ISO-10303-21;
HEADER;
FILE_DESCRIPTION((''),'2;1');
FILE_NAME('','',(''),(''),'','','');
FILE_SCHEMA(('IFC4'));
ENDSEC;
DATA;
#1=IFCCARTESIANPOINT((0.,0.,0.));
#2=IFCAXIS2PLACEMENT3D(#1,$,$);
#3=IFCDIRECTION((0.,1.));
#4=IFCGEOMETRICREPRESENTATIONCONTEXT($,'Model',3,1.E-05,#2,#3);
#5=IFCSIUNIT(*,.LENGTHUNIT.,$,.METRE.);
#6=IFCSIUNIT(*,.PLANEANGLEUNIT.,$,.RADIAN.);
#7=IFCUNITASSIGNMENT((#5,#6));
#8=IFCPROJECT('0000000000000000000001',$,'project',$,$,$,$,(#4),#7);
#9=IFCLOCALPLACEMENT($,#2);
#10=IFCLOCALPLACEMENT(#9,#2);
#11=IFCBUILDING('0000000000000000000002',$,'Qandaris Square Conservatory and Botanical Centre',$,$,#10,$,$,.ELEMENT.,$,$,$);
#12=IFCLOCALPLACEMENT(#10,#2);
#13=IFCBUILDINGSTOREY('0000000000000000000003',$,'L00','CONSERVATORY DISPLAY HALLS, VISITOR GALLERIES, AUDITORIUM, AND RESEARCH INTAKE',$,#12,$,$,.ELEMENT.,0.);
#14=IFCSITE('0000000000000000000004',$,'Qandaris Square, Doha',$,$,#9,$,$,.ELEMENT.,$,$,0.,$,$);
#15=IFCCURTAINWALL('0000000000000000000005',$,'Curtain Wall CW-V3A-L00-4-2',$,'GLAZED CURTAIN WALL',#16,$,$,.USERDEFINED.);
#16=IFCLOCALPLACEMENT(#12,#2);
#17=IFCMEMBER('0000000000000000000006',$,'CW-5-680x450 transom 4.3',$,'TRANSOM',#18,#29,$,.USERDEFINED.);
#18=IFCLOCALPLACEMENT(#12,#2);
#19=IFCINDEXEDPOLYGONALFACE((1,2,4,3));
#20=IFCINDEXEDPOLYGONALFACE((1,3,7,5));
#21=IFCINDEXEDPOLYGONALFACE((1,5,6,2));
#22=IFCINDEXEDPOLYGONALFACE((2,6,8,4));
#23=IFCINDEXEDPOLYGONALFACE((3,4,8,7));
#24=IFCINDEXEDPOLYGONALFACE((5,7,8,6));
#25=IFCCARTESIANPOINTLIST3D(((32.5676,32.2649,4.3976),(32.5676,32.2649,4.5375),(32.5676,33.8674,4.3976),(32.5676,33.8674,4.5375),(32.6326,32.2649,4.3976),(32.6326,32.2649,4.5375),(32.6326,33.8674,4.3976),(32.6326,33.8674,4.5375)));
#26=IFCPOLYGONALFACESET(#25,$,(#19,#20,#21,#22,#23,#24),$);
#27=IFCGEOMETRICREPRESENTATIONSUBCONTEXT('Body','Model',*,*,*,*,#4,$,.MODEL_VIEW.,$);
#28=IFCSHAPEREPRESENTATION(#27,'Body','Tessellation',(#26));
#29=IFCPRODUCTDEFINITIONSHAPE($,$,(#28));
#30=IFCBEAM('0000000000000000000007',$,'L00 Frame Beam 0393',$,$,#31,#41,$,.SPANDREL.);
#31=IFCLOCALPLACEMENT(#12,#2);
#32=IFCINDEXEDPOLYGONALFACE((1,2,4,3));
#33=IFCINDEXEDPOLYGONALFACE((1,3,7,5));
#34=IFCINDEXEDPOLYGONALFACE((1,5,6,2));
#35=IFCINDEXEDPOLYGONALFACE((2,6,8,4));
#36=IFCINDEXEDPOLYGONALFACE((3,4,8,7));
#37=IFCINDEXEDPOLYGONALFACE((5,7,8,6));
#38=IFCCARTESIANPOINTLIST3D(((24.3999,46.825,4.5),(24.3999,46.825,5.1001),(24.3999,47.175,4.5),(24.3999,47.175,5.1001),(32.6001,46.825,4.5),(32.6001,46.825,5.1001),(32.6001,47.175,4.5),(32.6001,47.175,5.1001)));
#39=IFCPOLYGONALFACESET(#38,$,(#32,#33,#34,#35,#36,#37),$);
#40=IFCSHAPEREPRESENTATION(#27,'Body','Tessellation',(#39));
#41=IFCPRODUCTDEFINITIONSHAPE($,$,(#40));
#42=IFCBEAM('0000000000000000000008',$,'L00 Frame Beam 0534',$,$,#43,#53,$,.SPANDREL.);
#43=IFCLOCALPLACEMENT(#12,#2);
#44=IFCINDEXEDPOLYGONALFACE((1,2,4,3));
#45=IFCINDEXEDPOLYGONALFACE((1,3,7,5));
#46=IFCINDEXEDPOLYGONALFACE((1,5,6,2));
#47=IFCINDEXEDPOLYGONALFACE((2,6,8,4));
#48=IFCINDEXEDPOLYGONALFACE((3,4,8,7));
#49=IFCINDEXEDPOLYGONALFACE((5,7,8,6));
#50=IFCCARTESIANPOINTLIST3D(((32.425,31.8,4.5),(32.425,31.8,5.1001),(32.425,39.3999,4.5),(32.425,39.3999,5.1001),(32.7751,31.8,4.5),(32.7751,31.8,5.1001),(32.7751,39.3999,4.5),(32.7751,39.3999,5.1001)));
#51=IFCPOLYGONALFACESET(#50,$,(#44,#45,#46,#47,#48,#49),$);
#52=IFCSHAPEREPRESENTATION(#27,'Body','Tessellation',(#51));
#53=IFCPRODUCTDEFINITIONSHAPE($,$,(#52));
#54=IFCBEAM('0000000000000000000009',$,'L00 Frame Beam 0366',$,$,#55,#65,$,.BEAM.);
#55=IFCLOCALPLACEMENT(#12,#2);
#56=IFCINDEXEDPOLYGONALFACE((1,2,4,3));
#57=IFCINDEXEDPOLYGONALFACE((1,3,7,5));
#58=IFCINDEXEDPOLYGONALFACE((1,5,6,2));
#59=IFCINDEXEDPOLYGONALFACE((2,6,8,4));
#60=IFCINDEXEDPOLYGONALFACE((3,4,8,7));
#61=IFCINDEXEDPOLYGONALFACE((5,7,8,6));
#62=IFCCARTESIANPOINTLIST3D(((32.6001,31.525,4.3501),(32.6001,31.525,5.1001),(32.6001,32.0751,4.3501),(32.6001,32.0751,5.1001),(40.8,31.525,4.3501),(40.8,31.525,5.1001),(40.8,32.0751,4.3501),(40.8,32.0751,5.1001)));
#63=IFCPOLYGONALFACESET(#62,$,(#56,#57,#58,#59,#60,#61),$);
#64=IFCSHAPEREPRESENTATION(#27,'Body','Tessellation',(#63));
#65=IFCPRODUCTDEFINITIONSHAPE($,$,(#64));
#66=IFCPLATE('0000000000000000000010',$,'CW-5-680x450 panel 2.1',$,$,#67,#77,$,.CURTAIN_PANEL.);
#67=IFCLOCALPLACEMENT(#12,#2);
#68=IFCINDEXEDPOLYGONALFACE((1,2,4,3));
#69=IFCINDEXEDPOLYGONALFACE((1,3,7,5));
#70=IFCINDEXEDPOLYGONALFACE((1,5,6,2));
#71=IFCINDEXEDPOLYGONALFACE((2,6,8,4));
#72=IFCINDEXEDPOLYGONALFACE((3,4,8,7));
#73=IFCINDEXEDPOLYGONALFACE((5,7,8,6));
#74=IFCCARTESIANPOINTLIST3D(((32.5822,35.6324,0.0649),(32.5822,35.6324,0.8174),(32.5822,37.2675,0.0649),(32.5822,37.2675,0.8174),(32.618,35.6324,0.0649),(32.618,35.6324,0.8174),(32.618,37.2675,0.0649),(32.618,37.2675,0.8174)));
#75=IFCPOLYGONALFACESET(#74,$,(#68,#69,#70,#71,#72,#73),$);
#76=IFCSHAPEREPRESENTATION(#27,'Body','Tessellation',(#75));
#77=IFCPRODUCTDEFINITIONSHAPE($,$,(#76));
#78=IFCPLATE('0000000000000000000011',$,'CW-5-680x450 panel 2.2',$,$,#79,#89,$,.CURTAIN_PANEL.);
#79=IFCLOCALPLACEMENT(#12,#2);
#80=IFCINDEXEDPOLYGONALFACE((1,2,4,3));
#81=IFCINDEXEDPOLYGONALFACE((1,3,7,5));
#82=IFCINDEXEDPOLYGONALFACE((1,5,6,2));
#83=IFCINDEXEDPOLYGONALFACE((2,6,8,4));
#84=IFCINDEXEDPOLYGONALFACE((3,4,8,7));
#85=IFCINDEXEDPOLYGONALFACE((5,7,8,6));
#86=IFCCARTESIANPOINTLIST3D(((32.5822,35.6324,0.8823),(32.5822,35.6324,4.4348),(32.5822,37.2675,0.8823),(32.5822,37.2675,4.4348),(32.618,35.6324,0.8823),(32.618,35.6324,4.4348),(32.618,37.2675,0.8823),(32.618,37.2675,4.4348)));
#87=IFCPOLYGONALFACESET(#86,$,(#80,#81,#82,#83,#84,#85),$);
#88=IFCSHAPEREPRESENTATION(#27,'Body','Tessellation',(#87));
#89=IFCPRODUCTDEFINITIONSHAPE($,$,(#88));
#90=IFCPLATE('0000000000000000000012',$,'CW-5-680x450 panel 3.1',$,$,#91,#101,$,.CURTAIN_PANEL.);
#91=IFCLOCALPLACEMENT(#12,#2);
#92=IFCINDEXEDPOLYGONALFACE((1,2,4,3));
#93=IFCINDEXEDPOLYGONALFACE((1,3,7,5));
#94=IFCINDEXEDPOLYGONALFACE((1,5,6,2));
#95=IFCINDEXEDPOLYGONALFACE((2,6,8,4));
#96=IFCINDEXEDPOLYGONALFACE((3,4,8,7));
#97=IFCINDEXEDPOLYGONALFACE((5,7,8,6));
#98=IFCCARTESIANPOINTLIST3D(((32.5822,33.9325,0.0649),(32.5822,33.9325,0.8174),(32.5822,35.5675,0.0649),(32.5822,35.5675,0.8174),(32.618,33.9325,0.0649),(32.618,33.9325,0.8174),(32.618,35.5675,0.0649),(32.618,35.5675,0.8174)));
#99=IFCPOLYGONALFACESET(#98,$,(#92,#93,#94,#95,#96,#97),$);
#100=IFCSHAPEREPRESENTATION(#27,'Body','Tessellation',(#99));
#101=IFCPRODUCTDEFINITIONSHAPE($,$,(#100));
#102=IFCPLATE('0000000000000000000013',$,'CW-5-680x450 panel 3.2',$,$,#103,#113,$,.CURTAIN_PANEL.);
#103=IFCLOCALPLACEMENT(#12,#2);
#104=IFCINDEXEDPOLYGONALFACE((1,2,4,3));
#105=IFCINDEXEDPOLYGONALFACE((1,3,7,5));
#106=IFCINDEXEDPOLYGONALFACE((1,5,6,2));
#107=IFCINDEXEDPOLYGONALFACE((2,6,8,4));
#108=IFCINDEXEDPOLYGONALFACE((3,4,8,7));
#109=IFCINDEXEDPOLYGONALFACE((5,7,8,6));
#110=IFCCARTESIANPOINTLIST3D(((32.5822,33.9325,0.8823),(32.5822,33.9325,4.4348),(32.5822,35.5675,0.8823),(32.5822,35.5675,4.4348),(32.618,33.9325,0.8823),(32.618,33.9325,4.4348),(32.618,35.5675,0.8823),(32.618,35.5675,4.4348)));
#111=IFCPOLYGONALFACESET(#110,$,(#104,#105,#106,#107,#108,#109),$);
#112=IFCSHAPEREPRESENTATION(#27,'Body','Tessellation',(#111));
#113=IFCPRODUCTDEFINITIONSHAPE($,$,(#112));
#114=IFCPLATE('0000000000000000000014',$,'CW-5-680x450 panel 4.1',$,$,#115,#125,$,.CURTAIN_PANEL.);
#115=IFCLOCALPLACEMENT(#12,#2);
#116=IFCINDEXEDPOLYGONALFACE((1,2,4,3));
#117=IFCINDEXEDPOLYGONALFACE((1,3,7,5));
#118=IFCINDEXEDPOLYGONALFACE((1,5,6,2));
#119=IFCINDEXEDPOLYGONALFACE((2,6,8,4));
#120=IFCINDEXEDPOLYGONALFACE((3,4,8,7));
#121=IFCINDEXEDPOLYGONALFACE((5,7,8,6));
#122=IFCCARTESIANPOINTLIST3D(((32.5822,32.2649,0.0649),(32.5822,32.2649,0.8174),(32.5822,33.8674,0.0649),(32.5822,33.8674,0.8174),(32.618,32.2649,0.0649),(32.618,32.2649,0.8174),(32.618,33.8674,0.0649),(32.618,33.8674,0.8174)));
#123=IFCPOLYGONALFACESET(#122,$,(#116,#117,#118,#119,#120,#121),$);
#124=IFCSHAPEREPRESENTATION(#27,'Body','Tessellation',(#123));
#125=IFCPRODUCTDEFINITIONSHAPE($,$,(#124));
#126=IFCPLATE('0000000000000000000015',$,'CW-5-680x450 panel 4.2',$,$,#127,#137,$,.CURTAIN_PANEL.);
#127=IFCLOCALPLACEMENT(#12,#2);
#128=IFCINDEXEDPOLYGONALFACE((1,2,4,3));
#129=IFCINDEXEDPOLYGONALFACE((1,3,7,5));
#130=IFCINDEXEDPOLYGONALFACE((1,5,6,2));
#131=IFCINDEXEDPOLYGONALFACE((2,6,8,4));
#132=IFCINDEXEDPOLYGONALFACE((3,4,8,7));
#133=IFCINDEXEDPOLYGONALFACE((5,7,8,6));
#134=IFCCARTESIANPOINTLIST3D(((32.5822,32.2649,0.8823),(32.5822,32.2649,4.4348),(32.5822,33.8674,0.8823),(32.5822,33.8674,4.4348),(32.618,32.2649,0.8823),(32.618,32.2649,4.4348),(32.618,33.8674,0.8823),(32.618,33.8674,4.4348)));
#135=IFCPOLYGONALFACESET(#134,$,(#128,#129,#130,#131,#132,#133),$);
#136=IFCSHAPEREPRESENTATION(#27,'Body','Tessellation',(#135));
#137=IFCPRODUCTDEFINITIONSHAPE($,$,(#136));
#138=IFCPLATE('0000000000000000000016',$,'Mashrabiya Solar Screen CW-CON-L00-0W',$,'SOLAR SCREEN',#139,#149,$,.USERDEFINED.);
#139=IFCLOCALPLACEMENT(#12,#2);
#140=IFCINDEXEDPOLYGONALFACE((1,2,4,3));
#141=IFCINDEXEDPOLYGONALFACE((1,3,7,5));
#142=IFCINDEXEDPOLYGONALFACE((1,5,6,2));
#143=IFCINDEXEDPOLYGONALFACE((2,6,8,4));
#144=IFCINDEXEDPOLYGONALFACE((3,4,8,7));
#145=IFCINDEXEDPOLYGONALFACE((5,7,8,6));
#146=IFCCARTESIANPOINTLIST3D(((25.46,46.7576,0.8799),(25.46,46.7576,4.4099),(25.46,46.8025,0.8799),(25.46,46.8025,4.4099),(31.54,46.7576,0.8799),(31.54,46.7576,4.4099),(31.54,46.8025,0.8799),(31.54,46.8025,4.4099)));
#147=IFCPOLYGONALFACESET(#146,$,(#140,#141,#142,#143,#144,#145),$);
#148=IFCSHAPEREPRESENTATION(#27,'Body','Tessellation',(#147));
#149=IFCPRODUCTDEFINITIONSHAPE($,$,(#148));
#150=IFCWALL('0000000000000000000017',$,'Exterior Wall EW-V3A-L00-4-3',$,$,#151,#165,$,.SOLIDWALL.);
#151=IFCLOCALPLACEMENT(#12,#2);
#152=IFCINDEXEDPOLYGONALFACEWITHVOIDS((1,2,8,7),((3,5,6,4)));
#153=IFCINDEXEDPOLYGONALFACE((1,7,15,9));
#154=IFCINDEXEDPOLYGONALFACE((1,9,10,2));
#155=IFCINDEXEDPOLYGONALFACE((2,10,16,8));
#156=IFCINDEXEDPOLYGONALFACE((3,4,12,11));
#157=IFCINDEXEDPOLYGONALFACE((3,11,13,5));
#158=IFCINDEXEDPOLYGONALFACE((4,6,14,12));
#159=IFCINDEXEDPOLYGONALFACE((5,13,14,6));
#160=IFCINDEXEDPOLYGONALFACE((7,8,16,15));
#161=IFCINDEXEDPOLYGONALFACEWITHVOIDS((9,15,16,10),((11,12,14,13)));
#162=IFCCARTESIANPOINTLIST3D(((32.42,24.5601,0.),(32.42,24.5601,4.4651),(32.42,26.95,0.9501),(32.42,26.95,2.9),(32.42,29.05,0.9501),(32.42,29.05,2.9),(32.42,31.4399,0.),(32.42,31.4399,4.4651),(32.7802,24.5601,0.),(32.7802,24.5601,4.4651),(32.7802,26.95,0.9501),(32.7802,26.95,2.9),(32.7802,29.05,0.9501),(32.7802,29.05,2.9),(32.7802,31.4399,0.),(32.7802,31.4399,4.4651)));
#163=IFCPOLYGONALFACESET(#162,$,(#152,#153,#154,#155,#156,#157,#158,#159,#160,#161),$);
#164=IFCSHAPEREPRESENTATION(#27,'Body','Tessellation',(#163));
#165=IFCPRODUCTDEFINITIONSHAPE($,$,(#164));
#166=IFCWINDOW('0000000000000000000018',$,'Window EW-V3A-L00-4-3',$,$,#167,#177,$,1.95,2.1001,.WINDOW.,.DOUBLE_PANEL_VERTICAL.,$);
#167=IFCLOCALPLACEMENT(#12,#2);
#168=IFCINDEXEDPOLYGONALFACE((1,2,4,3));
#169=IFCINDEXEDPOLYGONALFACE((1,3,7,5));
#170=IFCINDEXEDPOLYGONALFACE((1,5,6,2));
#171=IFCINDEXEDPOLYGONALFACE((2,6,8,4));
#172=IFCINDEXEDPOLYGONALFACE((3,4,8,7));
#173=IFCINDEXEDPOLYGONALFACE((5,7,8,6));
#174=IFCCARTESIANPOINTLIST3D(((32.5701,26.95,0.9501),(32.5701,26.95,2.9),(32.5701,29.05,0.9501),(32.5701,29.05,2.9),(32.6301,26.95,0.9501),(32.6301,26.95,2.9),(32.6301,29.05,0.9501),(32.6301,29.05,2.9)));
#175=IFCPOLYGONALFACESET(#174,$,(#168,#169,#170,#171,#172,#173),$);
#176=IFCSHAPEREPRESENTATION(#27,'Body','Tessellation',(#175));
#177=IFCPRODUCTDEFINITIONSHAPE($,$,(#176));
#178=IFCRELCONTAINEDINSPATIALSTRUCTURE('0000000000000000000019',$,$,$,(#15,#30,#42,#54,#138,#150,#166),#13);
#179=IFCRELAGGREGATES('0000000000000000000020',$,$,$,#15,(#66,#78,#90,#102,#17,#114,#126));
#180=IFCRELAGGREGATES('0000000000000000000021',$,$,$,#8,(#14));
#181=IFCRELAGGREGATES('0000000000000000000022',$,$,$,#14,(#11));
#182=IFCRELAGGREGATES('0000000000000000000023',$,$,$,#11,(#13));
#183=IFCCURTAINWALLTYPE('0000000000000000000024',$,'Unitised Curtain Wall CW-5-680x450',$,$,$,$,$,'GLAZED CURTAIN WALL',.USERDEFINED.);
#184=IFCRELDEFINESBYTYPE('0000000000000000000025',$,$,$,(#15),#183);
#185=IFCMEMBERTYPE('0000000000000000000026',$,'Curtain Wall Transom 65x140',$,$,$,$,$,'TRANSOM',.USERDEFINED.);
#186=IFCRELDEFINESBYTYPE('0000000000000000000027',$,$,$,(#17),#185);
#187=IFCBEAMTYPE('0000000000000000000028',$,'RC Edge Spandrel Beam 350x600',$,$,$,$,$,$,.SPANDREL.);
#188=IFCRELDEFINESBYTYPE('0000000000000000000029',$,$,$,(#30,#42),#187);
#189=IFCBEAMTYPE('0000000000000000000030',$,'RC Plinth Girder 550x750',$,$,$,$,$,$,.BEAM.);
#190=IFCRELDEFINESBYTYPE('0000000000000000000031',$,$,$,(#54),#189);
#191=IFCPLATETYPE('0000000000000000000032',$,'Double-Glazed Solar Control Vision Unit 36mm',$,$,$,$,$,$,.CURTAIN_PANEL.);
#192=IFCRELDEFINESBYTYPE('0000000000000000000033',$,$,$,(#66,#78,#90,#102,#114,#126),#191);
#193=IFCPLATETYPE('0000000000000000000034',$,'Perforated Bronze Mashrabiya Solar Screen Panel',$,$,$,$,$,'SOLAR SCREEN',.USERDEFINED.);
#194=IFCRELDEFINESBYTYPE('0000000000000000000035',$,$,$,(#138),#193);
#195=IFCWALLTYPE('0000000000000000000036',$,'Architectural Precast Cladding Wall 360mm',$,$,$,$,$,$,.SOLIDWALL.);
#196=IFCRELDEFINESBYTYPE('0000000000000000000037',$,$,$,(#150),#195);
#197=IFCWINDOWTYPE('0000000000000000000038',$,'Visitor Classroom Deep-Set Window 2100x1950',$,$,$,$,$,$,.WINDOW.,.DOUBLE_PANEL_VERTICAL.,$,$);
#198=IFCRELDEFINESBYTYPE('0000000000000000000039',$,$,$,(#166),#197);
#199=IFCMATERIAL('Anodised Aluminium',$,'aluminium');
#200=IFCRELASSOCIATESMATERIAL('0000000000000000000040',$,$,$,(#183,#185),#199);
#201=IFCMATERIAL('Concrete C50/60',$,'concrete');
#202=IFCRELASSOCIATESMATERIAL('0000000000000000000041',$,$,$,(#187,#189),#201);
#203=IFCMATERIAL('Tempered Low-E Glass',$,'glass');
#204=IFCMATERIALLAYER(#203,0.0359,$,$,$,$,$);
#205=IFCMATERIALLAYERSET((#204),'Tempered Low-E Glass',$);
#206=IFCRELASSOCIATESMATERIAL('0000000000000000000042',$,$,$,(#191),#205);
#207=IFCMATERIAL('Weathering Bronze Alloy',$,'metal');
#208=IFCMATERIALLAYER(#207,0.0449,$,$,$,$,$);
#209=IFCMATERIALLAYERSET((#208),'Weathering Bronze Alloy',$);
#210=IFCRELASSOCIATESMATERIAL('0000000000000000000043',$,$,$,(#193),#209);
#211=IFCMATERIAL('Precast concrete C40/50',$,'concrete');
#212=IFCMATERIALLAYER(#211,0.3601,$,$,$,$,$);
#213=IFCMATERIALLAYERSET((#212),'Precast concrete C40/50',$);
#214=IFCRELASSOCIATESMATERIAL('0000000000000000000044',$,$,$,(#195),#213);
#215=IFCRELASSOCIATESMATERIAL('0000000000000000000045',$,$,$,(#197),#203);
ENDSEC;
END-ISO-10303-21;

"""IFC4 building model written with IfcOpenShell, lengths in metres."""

from ifc_helpers import new_model, si_unit, direction, frame, frame_2d, origin, origin_2d, place, context, subcontext, project, spatial, rectangle, extrude, material, layer, layer_set, material_profile, profile_set, type_object, element, fill, aggregate, save


model = new_model("IFC4")

# Units and contexts
model_context = context("Model", 3, precision=1e-05, world=origin(), true_north=direction((0.0, 1.0)))
body_context = subcontext(model_context, "Body", "Model", "MODEL_VIEW")
ifc_project = project(units=[si_unit("LENGTHUNIT", "METRE"), si_unit("PLANEANGLEUNIT", "RADIAN")], contexts=[model_context])

# Site, building, storey
site_placement = place(None, origin())
site = spatial("IfcSite", under=ifc_project, at=site_placement, Name="Qandaris Square, Doha", CompositionType="ELEMENT", RefElevation=0.0)
building_placement = place(site_placement, origin())
building = spatial("IfcBuilding", under=site, at=building_placement, Name="Qandaris Square Conservatory and Botanical Centre", CompositionType="ELEMENT")
storey_placement = place(building_placement, origin())
storey = spatial("IfcBuildingStorey", under=building, at=storey_placement, Name="L00", Description="CONSERVATORY DISPLAY HALLS, VISITOR GALLERIES, AUDITORIUM, AND RESEARCH INTAKE", CompositionType="ELEMENT", Elevation=0.0)

# Shared definitions
ifc_material_1 = material(Name="Concrete C50/60", Category="concrete")

# Curtain wall, member
ifc_material_2 = material(Name="Anodised Aluminium", Category="aluminium")
curtain_wall_type_1 = type_object("IfcCurtainWallType", Name="Unitised Curtain Wall CW-5-680x450", ElementType="GLAZED CURTAIN WALL", PredefinedType="USERDEFINED", material=ifc_material_2)
curtain_wall_1_placement = place(storey_placement, origin())
curtain_wall_1 = element("IfcCurtainWall", 1, at=curtain_wall_1_placement, inside=storey, type_object=curtain_wall_type_1, Name="Curtain Wall CW-V3A-L00-4-2", ObjectType="GLAZED CURTAIN WALL", PredefinedType="USERDEFINED")
ifc_material_profile_1 = material_profile(ifc_material_2, rectangle(XDim=0.0649, YDim=0.1399, at=origin_2d()), Name="ALU-TRN 65x140")
ifc_profile_set_1 = profile_set([ifc_material_profile_1], Name="Anodised Aluminium")
member_type_1 = type_object("IfcMemberType", Name="Curtain Wall Transom 65x140", ElementType="TRANSOM", PredefinedType="USERDEFINED", material=ifc_profile_set_1)
member_1_placement = place(storey_placement, frame((32.6001, 33.8674, 4.4675), z_axis=(0.0, -1.0, 0.0), x_axis=(1.0, 0.0, 0.0)))
member_1 = element("IfcMember", 2, at=member_1_placement, type_object=member_type_1, Name="CW-5-680x450 transom 4.3", ObjectType="TRANSOM", PredefinedType="USERDEFINED", context=body_context, shape_type="SweptSolid", body=[
    extrude(rectangle(XDim=0.0649, YDim=0.1399, at=origin_2d()), origin(), (0.0, 0.0, 1.0), 1.6025),
])

# Beams
ifc_material_profile_2 = material_profile(ifc_material_1, rectangle(XDim=0.3501, YDim=0.6001, at=origin_2d()), Name="RC-SP 350x600")
ifc_profile_set_2 = profile_set([ifc_material_profile_2], Name="Concrete C50/60")
beam_type_1 = type_object("IfcBeamType", Name="RC Edge Spandrel Beam 350x600", PredefinedType="SPANDREL", material=ifc_profile_set_2)
beam_1_placement = place(storey_placement, frame((24.3999, 47.0, 4.8), z_axis=(1.0, 0.0, 0.0), x_axis=(0.0, 1.0, 0.0)))
element("IfcBeam", 3, at=beam_1_placement, inside=storey, type_object=beam_type_1, Name="L00 Frame Beam 0393", PredefinedType="SPANDREL", context=body_context, shape_type="SweptSolid", body=[
    extrude(rectangle(XDim=0.3501, YDim=0.6001, at=origin_2d()), origin(), (0.0, 0.0, 1.0), 8.2002),
])
beam_2_placement = place(storey_placement, frame((32.6001, 31.8, 4.8), z_axis=(0.0, 1.0, 0.0), x_axis=(-1.0, 0.0, 0.0)))
element("IfcBeam", 4, at=beam_2_placement, inside=storey, type_object=beam_type_1, Name="L00 Frame Beam 0534", PredefinedType="SPANDREL", context=body_context, shape_type="SweptSolid", body=[
    extrude(rectangle(XDim=0.3501, YDim=0.6001, at=origin_2d()), origin(), (0.0, 0.0, 1.0), 7.5999),
])
ifc_material_profile_3 = material_profile(ifc_material_1, rectangle(XDim=0.55, YDim=0.75, at=origin_2d()), Name="RC-BM 550x750")
ifc_profile_set_3 = profile_set([ifc_material_profile_3], Name="Concrete C50/60")
beam_type_2 = type_object("IfcBeamType", Name="RC Plinth Girder 550x750", PredefinedType="BEAM", material=ifc_profile_set_3)
beam_3_placement = place(storey_placement, frame((32.6001, 31.8, 4.7251), z_axis=(1.0, 0.0, 0.0), x_axis=(0.0, 1.0, 0.0)))
element("IfcBeam", 5, at=beam_3_placement, inside=storey, type_object=beam_type_2, Name="L00 Frame Beam 0366", PredefinedType="BEAM", context=body_context, shape_type="SweptSolid", body=[
    extrude(rectangle(XDim=0.55, YDim=0.75, at=origin_2d()), origin(), (0.0, 0.0, 1.0), 8.2),
])

# Plates
ifc_material_3 = material(Name="Tempered Low-E Glass", Category="glass")
ifc_layer_1 = layer(ifc_material_3, 0.0359)
ifc_layer_set_1 = layer_set([ifc_layer_1], Name="Tempered Low-E Glass")
plate_type_1 = type_object("IfcPlateType", Name="Double-Glazed Solar Control Vision Unit 36mm", PredefinedType="CURTAIN_PANEL", material=ifc_layer_set_1)
plate_1_placement = place(storey_placement, frame((32.6001, 36.45, 0.0649), z_axis=(0.0, 0.0, 1.0), x_axis=(0.0, -1.0, 0.0)))
plate_1 = element("IfcPlate", 6, at=plate_1_placement, type_object=plate_type_1, Name="CW-5-680x450 panel 2.1", PredefinedType="CURTAIN_PANEL", context=body_context, shape_type="SweptSolid", body=[
    extrude(rectangle(XDim=1.635, YDim=0.0359, at=origin_2d()), origin(), (0.0, 0.0, 1.0), 0.7524),
])
plate_2_placement = place(storey_placement, frame((32.6001, 36.45, 0.8823), z_axis=(0.0, 0.0, 1.0), x_axis=(0.0, -1.0, 0.0)))
plate_2 = element("IfcPlate", 7, at=plate_2_placement, type_object=plate_type_1, Name="CW-5-680x450 panel 2.2", PredefinedType="CURTAIN_PANEL", context=body_context, shape_type="SweptSolid", body=[
    extrude(rectangle(XDim=1.635, YDim=0.0359, at=origin_2d()), origin(), (0.0, 0.0, 1.0), 3.5525),
])
plate_3_placement = place(storey_placement, frame((32.6001, 34.75, 0.0649), z_axis=(0.0, 0.0, 1.0), x_axis=(0.0, -1.0, 0.0)))
plate_3 = element("IfcPlate", 8, at=plate_3_placement, type_object=plate_type_1, Name="CW-5-680x450 panel 3.1", PredefinedType="CURTAIN_PANEL", context=body_context, shape_type="SweptSolid", body=[
    extrude(rectangle(XDim=1.635, YDim=0.0359, at=origin_2d()), origin(), (0.0, 0.0, 1.0), 0.7524),
])
plate_4_placement = place(storey_placement, frame((32.6001, 34.75, 0.8823), z_axis=(0.0, 0.0, 1.0), x_axis=(0.0, -1.0, 0.0)))
plate_4 = element("IfcPlate", 9, at=plate_4_placement, type_object=plate_type_1, Name="CW-5-680x450 panel 3.2", PredefinedType="CURTAIN_PANEL", context=body_context, shape_type="SweptSolid", body=[
    extrude(rectangle(XDim=1.635, YDim=0.0359, at=origin_2d()), origin(), (0.0, 0.0, 1.0), 3.5525),
])
plate_5_placement = place(storey_placement, frame((32.6001, 33.0662, 0.0649), z_axis=(0.0, 0.0, 1.0), x_axis=(0.0, -1.0, 0.0)))
plate_5 = element("IfcPlate", 10, at=plate_5_placement, type_object=plate_type_1, Name="CW-5-680x450 panel 4.1", PredefinedType="CURTAIN_PANEL", context=body_context, shape_type="SweptSolid", body=[
    extrude(rectangle(XDim=1.6025, YDim=0.0359, at=origin_2d()), origin(), (0.0, 0.0, 1.0), 0.7524),
])
plate_6_placement = place(storey_placement, frame((32.6001, 33.0662, 0.8823), z_axis=(0.0, 0.0, 1.0), x_axis=(0.0, -1.0, 0.0)))
plate_6 = element("IfcPlate", 11, at=plate_6_placement, type_object=plate_type_1, Name="CW-5-680x450 panel 4.2", PredefinedType="CURTAIN_PANEL", context=body_context, shape_type="SweptSolid", body=[
    extrude(rectangle(XDim=1.6025, YDim=0.0359, at=origin_2d()), origin(), (0.0, 0.0, 1.0), 3.5525),
])
aggregate(curtain_wall_1, [plate_1, plate_2, plate_3, plate_4, member_1, plate_5, plate_6])
ifc_material_4 = material(Name="Weathering Bronze Alloy", Category="metal")
ifc_layer_2 = layer(ifc_material_4, 0.0449)
ifc_layer_set_2 = layer_set([ifc_layer_2], Name="Weathering Bronze Alloy")
plate_type_2 = type_object("IfcPlateType", Name="Perforated Bronze Mashrabiya Solar Screen Panel", ElementType="SOLAR SCREEN", PredefinedType="USERDEFINED", material=ifc_layer_set_2)
plate_7_placement = place(storey_placement, frame((28.5, 46.78, 0.8799), z_axis=(0.0, 0.0, 1.0), x_axis=(1.0, 0.0, 0.0)))
element("IfcPlate", 12, at=plate_7_placement, inside=storey, type_object=plate_type_2, Name="Mashrabiya Solar Screen CW-CON-L00-0W", ObjectType="SOLAR SCREEN", PredefinedType="USERDEFINED", context=body_context, shape_type="SweptSolid", body=[
    extrude(rectangle(XDim=6.0801, YDim=0.0449, at=origin_2d()), origin(), (0.0, 0.0, 1.0), 3.53),
])

# Wall, opening, window
ifc_material_5 = material(Name="Precast concrete C40/50", Category="concrete")
ifc_layer_3 = layer(ifc_material_5, 0.3601)
ifc_layer_set_3 = layer_set([ifc_layer_3], Name="Precast concrete C40/50")
wall_type = type_object("IfcWallType", Name="Architectural Precast Cladding Wall 360mm", PredefinedType="SOLIDWALL", material=ifc_layer_set_3)
wall_placement = place(storey_placement, frame((32.6001, 31.4399, 0.0), z_axis=(0.0, 0.0, 1.0), x_axis=(0.0, -1.0, 0.0)))
wall = element("IfcWall", 13, at=wall_placement, inside=storey, type_object=wall_type, Name="Exterior Wall EW-V3A-L00-4-3", PredefinedType="SOLIDWALL", context=body_context, shape_type="SweptSolid", body=[
    extrude(rectangle(XDim=6.8799, YDim=0.3601, at=frame_2d((3.4399, 0.0))), origin(), (0.0, 0.0, 1.0), 4.4651),
])
opening_placement = place(wall_placement, frame((2.3899, 0.0, 0.95)))
opening = element("IfcOpeningElement", 14, at=opening_placement, cuts=wall, PredefinedType="OPENING", context=body_context, shape_type="SweptSolid", body=[
    extrude(rectangle(XDim=2.1001, YDim=1.95, at=frame_2d((1.05, 0.9751))), frame((0.0, 0.1919, 0.0), z_axis=(0.0, -1.0, 0.0), x_axis=(1.0, 0.0, 0.0)), (0.0, 0.0, 1.0), 0.384),
])
window_type = type_object("IfcWindowType", Name="Visitor Classroom Deep-Set Window 2100x1950", PartitioningType="DOUBLE_PANEL_VERTICAL", PredefinedType="WINDOW", material=ifc_material_3)
window_placement = place(opening_placement, origin())
window = element("IfcWindow", 15, at=window_placement, inside=storey, type_object=window_type, Name="Window EW-V3A-L00-4-3", OverallHeight=1.95, OverallWidth=2.1001, PartitioningType="DOUBLE_PANEL_VERTICAL", PredefinedType="WINDOW", context=body_context, shape_type="SweptSolid", body=[
    extrude(rectangle(XDim=2.1001, YDim=1.95, at=frame_2d((1.05, 0.9751))), frame((0.0, 0.03, 0.0), z_axis=(0.0, -1.0, 0.0), x_axis=(1.0, 0.0, 0.0)), (0.0, 0.0, 1.0), 0.0601),
])
fill(opening, window)

save(model, "model.ifc")
